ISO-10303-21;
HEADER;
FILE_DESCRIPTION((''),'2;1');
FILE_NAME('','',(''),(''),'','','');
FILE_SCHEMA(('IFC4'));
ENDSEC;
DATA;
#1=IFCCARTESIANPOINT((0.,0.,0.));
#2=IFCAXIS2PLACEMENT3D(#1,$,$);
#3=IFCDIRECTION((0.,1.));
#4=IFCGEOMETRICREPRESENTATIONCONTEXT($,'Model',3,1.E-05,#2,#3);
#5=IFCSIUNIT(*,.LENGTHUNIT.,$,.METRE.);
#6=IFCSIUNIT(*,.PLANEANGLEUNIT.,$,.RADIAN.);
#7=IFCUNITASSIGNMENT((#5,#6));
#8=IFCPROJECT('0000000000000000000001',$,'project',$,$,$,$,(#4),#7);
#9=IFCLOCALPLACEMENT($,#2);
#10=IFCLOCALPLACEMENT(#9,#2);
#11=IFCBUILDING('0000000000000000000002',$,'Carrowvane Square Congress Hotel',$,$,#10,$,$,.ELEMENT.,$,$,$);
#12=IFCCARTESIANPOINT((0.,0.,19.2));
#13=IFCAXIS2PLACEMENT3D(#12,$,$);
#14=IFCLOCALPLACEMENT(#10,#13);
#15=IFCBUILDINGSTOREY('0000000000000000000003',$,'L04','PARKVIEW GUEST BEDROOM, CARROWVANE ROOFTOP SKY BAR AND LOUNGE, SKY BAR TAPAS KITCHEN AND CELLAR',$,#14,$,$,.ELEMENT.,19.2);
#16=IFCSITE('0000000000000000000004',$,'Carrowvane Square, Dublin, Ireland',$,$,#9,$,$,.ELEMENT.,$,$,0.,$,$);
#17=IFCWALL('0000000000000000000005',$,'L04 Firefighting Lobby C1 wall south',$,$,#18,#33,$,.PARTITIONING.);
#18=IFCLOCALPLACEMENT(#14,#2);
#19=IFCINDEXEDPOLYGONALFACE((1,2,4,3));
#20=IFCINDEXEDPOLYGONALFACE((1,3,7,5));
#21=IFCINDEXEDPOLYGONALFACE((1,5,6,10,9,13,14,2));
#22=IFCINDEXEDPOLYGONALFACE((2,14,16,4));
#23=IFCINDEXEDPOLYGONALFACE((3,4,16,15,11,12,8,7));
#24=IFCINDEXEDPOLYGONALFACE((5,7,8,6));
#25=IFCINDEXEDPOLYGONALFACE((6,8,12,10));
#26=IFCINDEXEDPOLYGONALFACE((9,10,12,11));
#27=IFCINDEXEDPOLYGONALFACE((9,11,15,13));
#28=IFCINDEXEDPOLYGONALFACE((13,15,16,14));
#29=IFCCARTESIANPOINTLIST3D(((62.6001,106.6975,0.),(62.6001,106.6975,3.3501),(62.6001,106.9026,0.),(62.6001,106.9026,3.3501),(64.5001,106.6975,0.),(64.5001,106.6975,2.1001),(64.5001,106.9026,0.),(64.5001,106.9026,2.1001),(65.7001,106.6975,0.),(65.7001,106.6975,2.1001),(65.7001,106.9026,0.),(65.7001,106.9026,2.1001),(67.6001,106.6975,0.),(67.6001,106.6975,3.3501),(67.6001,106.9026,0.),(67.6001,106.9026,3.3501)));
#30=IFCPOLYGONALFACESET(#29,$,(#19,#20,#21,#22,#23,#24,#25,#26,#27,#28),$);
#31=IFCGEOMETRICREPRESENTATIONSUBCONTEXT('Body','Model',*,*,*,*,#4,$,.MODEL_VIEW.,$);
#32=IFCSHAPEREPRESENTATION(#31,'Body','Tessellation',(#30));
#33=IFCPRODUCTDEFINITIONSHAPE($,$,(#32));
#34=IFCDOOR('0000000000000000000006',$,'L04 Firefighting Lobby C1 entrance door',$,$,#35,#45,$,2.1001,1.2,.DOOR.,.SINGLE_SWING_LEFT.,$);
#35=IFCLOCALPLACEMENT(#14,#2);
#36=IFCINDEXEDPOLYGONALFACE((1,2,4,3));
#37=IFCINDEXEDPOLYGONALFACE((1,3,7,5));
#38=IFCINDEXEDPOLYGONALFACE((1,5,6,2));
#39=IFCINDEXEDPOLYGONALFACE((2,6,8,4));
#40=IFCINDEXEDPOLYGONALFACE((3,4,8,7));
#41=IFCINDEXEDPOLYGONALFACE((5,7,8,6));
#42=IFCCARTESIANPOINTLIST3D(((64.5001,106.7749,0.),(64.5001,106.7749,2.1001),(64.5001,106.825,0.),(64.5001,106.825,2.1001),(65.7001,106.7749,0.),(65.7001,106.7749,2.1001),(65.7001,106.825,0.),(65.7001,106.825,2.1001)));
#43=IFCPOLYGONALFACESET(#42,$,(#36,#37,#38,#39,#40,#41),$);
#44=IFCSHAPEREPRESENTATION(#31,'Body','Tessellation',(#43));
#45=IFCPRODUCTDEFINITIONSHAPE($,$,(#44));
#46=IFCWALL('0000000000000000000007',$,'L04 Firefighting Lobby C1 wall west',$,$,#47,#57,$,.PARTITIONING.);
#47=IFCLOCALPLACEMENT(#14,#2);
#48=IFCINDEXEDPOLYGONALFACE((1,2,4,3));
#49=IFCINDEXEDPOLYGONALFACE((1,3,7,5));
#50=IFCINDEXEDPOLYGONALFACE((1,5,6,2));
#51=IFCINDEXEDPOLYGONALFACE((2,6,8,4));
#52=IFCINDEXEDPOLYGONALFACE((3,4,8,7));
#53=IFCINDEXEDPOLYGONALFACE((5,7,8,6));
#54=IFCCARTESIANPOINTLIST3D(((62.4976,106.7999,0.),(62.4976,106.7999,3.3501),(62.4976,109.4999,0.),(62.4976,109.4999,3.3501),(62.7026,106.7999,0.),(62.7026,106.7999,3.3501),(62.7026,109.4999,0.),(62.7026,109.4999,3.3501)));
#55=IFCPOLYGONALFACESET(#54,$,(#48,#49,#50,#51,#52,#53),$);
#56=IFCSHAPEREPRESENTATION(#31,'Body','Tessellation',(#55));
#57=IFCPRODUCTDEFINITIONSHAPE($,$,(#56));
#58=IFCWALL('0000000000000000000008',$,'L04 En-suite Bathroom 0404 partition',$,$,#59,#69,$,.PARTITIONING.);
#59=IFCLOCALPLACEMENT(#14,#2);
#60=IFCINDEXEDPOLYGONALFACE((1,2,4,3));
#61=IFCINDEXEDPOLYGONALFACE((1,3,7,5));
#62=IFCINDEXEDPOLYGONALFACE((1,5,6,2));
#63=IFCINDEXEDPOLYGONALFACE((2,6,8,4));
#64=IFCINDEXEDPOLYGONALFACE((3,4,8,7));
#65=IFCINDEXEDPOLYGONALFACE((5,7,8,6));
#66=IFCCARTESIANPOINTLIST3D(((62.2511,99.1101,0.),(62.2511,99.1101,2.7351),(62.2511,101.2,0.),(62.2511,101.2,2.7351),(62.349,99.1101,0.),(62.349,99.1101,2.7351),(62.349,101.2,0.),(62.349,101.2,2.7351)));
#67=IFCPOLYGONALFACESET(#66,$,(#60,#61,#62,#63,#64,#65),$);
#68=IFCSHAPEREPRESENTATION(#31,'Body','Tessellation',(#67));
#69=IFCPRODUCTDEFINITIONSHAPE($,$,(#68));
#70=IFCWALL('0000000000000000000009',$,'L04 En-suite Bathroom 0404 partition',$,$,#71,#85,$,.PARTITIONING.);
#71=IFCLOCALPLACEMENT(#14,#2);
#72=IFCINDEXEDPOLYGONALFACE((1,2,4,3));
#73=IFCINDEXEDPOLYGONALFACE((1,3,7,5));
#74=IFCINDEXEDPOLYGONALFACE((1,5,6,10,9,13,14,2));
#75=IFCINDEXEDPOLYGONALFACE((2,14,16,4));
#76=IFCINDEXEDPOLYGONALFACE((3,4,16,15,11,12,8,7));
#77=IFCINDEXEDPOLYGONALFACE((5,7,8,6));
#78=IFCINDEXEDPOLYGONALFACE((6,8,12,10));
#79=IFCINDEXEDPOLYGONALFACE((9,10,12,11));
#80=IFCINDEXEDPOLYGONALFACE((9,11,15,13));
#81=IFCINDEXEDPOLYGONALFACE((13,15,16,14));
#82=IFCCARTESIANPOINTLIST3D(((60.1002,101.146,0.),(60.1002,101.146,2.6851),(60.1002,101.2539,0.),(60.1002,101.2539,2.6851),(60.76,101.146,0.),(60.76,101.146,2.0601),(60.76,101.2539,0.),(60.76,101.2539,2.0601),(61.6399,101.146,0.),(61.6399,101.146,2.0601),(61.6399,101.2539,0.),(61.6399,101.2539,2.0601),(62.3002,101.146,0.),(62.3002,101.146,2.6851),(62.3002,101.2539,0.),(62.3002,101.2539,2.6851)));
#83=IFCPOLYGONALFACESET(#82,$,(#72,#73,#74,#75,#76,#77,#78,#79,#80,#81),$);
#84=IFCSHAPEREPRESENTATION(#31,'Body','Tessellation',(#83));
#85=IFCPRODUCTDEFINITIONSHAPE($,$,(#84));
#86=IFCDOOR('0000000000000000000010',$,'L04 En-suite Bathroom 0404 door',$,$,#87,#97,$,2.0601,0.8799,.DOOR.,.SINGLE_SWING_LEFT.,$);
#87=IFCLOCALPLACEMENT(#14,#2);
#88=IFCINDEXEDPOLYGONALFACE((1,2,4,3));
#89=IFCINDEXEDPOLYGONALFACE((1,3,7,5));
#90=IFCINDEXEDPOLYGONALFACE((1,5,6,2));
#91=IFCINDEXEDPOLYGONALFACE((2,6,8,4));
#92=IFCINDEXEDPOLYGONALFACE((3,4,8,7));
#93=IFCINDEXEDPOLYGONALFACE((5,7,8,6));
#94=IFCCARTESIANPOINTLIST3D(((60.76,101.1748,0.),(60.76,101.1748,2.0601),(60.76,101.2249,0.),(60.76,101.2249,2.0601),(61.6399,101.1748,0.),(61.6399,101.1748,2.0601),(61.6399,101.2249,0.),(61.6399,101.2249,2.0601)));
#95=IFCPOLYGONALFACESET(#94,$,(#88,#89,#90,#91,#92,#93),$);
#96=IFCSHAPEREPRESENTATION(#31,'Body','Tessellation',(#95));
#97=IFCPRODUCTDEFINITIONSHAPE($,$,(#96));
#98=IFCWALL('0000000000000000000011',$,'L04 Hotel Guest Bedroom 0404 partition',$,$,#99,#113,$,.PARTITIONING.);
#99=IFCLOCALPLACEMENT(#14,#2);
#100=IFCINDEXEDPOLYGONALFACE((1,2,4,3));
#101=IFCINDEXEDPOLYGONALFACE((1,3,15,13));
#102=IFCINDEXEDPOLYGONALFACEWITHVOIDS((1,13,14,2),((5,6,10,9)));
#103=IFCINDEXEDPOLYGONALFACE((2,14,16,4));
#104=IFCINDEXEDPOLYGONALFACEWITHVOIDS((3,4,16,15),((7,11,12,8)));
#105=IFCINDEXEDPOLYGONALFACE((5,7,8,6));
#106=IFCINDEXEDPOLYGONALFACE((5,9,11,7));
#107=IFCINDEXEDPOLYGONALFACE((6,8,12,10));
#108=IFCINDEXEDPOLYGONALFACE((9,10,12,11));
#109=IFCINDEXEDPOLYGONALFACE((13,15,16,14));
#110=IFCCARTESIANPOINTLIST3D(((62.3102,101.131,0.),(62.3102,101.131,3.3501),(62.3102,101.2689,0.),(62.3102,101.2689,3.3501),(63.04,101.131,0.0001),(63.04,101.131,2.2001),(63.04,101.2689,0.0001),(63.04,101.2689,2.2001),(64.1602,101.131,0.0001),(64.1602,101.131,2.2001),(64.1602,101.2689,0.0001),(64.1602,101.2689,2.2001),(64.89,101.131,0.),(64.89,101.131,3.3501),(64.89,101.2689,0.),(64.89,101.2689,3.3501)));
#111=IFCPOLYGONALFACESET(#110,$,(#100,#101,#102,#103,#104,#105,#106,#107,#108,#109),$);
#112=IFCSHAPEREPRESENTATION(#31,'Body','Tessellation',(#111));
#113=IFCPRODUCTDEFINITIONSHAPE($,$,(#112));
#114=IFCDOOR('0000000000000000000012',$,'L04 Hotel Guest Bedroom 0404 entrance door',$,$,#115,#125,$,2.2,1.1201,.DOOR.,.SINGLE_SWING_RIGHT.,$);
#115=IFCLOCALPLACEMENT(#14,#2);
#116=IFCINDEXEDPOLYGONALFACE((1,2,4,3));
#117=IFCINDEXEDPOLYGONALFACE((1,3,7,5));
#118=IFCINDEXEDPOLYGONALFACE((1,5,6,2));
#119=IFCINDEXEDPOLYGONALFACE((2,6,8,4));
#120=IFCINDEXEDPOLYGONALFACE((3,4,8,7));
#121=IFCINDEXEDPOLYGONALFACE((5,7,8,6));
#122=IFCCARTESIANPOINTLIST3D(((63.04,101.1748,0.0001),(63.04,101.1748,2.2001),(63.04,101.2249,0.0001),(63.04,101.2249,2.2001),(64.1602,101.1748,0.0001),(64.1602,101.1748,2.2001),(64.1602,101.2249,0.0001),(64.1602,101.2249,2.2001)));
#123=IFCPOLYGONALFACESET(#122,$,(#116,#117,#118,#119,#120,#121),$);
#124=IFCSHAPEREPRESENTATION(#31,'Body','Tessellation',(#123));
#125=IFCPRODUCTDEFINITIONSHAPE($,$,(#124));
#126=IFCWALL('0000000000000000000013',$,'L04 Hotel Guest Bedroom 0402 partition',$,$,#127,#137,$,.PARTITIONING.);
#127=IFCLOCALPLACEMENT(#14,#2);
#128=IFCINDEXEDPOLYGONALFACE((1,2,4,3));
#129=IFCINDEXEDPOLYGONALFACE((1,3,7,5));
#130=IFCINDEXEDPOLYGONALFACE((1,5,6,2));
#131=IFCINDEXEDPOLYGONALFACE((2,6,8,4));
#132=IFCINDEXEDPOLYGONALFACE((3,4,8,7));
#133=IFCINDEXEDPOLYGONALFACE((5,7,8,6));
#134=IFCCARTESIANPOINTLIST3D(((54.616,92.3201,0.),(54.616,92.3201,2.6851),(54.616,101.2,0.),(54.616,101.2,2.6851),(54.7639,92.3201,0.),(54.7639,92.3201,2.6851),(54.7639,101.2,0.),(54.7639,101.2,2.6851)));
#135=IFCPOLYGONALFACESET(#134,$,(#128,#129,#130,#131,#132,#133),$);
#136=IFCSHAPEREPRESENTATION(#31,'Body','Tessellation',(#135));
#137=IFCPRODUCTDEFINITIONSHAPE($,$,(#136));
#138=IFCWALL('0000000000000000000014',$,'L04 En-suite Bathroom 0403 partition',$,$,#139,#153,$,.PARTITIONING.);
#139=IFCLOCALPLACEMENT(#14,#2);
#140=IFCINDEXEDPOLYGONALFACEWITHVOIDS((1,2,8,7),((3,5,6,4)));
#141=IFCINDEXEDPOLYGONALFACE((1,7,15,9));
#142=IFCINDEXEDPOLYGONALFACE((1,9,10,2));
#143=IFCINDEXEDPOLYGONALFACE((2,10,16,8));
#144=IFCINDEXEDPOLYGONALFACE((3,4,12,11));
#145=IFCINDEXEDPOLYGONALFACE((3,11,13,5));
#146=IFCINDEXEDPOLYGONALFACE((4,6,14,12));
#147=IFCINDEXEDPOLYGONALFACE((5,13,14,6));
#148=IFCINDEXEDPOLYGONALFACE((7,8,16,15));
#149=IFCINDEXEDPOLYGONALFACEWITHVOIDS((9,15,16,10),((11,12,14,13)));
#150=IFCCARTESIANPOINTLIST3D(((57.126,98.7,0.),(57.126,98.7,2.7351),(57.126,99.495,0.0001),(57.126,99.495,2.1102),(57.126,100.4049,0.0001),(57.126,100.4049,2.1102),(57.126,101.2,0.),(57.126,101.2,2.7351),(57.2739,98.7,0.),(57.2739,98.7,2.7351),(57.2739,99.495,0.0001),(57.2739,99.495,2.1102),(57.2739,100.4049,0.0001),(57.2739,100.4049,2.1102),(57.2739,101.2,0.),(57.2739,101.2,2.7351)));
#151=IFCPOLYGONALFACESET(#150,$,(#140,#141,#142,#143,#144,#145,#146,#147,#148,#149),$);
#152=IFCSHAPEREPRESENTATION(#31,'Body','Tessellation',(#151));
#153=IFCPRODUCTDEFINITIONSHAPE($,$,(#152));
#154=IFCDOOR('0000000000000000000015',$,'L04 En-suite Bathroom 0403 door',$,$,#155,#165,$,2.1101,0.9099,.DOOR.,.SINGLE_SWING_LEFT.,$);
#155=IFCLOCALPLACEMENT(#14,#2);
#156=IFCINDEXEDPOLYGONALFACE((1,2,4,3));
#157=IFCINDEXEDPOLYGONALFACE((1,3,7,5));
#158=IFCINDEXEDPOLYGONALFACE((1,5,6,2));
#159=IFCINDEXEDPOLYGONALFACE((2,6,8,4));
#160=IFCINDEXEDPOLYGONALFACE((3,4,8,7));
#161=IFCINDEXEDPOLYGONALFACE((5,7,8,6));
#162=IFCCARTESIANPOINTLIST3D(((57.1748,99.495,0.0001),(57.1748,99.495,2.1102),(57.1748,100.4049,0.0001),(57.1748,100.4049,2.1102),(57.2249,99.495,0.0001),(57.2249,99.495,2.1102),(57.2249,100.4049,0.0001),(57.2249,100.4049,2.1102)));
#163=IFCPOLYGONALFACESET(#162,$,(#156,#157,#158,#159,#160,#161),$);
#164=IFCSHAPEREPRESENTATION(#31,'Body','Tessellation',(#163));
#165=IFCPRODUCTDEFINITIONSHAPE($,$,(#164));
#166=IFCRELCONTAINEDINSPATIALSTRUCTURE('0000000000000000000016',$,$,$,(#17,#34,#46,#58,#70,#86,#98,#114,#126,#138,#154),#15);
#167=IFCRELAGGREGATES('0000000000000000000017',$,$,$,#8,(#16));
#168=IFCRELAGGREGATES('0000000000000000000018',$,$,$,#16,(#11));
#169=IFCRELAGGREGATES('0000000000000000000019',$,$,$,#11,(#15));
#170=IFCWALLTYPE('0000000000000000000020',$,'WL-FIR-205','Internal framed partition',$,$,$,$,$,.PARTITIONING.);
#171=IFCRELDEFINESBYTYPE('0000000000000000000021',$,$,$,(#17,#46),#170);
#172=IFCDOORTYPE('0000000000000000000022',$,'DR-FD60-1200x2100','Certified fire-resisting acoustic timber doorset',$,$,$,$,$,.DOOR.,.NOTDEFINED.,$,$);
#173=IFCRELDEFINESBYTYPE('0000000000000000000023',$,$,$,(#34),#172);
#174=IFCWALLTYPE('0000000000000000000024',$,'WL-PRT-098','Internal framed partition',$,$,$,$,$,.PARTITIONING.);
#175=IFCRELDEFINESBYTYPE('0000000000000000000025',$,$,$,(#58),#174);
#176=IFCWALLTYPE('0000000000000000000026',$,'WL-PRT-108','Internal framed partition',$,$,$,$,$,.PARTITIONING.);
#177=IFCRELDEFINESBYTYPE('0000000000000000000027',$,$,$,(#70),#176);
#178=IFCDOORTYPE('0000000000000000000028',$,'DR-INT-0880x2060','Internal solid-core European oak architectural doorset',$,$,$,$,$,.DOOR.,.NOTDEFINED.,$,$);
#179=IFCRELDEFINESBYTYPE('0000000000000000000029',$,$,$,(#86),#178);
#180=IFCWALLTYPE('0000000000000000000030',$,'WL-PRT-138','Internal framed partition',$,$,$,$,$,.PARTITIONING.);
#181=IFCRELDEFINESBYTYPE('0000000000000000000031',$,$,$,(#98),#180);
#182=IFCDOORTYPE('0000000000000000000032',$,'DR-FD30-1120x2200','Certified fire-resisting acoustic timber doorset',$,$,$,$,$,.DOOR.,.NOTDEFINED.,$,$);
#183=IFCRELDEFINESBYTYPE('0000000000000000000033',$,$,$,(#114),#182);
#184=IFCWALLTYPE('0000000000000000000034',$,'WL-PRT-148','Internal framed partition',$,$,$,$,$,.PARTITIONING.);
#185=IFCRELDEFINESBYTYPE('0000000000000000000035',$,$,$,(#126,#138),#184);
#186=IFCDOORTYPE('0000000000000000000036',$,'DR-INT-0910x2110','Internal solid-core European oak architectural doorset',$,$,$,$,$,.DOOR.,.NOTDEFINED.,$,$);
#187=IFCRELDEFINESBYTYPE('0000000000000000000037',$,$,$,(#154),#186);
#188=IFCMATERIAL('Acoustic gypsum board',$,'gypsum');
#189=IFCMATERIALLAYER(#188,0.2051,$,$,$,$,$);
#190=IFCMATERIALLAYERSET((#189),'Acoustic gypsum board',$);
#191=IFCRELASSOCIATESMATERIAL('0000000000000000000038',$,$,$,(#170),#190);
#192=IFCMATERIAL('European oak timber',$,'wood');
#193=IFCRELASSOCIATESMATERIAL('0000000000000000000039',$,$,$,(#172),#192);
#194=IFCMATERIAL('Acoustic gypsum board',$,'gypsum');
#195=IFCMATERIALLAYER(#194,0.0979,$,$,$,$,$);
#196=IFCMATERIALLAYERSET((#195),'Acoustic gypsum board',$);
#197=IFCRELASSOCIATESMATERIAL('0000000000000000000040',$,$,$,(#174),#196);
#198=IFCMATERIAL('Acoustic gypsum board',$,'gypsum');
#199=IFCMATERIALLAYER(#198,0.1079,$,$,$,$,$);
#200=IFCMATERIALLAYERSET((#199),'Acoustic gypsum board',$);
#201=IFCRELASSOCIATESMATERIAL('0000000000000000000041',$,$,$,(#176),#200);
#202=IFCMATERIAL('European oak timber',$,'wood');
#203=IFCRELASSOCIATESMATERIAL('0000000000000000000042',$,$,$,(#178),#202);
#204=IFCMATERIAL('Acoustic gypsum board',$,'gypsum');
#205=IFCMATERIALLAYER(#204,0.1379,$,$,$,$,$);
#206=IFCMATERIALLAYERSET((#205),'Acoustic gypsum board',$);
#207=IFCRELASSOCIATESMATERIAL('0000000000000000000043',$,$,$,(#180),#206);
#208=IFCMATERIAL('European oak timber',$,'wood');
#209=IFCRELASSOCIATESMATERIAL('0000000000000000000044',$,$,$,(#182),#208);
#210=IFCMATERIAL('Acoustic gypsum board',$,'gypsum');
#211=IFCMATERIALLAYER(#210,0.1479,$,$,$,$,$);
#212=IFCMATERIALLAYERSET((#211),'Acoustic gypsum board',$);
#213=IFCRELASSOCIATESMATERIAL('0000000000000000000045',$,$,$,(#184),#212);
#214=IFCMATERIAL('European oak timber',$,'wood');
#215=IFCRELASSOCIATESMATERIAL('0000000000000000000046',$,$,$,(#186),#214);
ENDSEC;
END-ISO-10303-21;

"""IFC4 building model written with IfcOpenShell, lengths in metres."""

from ifc_helpers import new_model, si_unit, direction, frame, frame_2d, origin, place, context, subcontext, project, spatial, rectangle, extrude, material, layer, layer_set, type_object, element, fill, save


model = new_model("IFC4")

# Units and contexts
model_context = context("Model", 3, precision=1e-05, world=origin(), true_north=direction((0.0, 1.0)))
body_context = subcontext(model_context, "Body", "Model", "MODEL_VIEW")
ifc_project = project(units=[si_unit("LENGTHUNIT", "METRE"), si_unit("PLANEANGLEUNIT", "RADIAN")], contexts=[model_context])

# Site, building, storey
site_placement = place(None, origin())
site = spatial("IfcSite", under=ifc_project, at=site_placement, Name="Carrowvane Square, Dublin, Ireland", CompositionType="ELEMENT", RefElevation=0.0)
building_placement = place(site_placement, origin())
building = spatial("IfcBuilding", under=site, at=building_placement, Name="Carrowvane Square Congress Hotel", CompositionType="ELEMENT")
storey_placement = place(building_placement, frame((0.0, 0.0, 19.2)))
storey = spatial("IfcBuildingStorey", under=building, at=storey_placement, Name="L04", Description="PARKVIEW GUEST BEDROOM, CARROWVANE ROOFTOP SKY BAR AND LOUNGE, SKY BAR TAPAS KITCHEN AND CELLAR", CompositionType="ELEMENT", Elevation=19.2)

# Wall, opening, door
ifc_material_1 = material(Name="Acoustic gypsum board", Category="gypsum")
ifc_layer_1 = layer(ifc_material_1, 0.2051)
ifc_layer_set_1 = layer_set([ifc_layer_1], Name="Acoustic gypsum board")
wall_type_1 = type_object("IfcWallType", Name="WL-FIR-205", Description="Internal framed partition", PredefinedType="PARTITIONING", material=ifc_layer_set_1)
wall_1_placement = place(storey_placement, frame((62.6001, 106.8, 0.0), z_axis=(0.0, 0.0, 1.0), x_axis=(1.0, 0.0, 0.0)))
wall_1 = element("IfcWall", 1, at=wall_1_placement, inside=storey, type_object=wall_type_1, Name="L04 Firefighting Lobby C1 wall south", PredefinedType="PARTITIONING", context=body_context, shape_type="SweptSolid", body=[
    extrude(rectangle(XDim=5.0, YDim=0.2051, at=frame_2d((2.5, 0.0))), origin(), (0.0, 0.0, 1.0), 3.3501),
])
opening_1_placement = place(wall_1_placement, frame((1.8999, 0.0, 0.0)))
opening_1 = element("IfcOpeningElement", 2, at=opening_1_placement, cuts=wall_1, PredefinedType="OPENING", context=body_context, shape_type="SweptSolid", body=[
    extrude(rectangle(XDim=1.2, YDim=2.1001, at=frame_2d((0.6001, 1.05))), frame((0.0, 0.1125, 0.0), z_axis=(0.0, -1.0, 0.0), x_axis=(1.0, 0.0, 0.0)), (0.0, 0.0, 1.0), 0.2251),
])
ifc_material_2 = material(Name="European oak timber", Category="wood")
door_type_1 = type_object("IfcDoorType", Name="DR-FD60-1200x2100", Description="Certified fire-resisting acoustic timber doorset", OperationType="NOTDEFINED", PredefinedType="DOOR", material=ifc_material_2)
door_1_placement = place(opening_1_placement, origin())
door_1 = element("IfcDoor", 3, at=door_1_placement, inside=storey, type_object=door_type_1, Name="L04 Firefighting Lobby C1 entrance door", OperationType="SINGLE_SWING_LEFT", OverallHeight=2.1001, OverallWidth=1.2, PredefinedType="DOOR", context=body_context, shape_type="SweptSolid", body=[
    extrude(rectangle(XDim=1.2, YDim=2.1001, at=frame_2d((0.6001, 1.05))), frame((0.0, 0.0249, 0.0), z_axis=(0.0, -1.0, 0.0), x_axis=(1.0, 0.0, 0.0)), (0.0, 0.0, 1.0), 0.05),
])
fill(opening_1, door_1)

# Walls
wall_2_placement = place(storey_placement, frame((62.6001, 109.5, 0.0), z_axis=(0.0, 0.0, 1.0), x_axis=(0.0, -1.0, 0.0)))
element("IfcWall", 4, at=wall_2_placement, inside=storey, type_object=wall_type_1, Name="L04 Firefighting Lobby C1 wall west", PredefinedType="PARTITIONING", context=body_context, shape_type="SweptSolid", body=[
    extrude(rectangle(XDim=2.7, YDim=0.2051, at=frame_2d((1.3501, 0.0))), origin(), (0.0, 0.0, 1.0), 3.3501),
])
ifc_material_3 = material(Name="Acoustic gypsum board", Category="gypsum")
ifc_layer_2 = layer(ifc_material_3, 0.0979)
ifc_layer_set_2 = layer_set([ifc_layer_2], Name="Acoustic gypsum board")
wall_type_2 = type_object("IfcWallType", Name="WL-PRT-098", Description="Internal framed partition", PredefinedType="PARTITIONING", material=ifc_layer_set_2)
wall_3_placement = place(storey_placement, frame((62.3, 101.2, 0.0), z_axis=(0.0, 0.0, 1.0), x_axis=(0.0, -1.0, 0.0)))
element("IfcWall", 5, at=wall_3_placement, inside=storey, type_object=wall_type_2, Name="L04 En-suite Bathroom 0404 partition", PredefinedType="PARTITIONING", context=body_context, shape_type="SweptSolid", body=[
    extrude(rectangle(XDim=2.0898, YDim=0.0979, at=frame_2d((1.0449, 0.0))), origin(), (0.0, 0.0, 1.0), 2.7351),
])

# Walls, openings, doors
ifc_material_4 = material(Name="Acoustic gypsum board", Category="gypsum")
ifc_layer_3 = layer(ifc_material_4, 0.1079)
ifc_layer_set_3 = layer_set([ifc_layer_3], Name="Acoustic gypsum board")
wall_type_3 = type_object("IfcWallType", Name="WL-PRT-108", Description="Internal framed partition", PredefinedType="PARTITIONING", material=ifc_layer_set_3)
wall_4_placement = place(storey_placement, frame((60.1001, 101.2, 0.0), z_axis=(0.0, 0.0, 1.0), x_axis=(1.0, 0.0, 0.0)))
wall_4 = element("IfcWall", 6, at=wall_4_placement, inside=storey, type_object=wall_type_3, Name="L04 En-suite Bathroom 0404 partition", PredefinedType="PARTITIONING", context=body_context, shape_type="SweptSolid", body=[
    extrude(rectangle(XDim=2.2, YDim=0.1079, at=frame_2d((1.1001, 0.0))), origin(), (0.0, 0.0, 1.0), 2.6851),
])
opening_2_placement = place(wall_4_placement, frame((0.6599, 0.0, 0.0)))
opening_2 = element("IfcOpeningElement", 7, at=opening_2_placement, cuts=wall_4, PredefinedType="OPENING", context=body_context, shape_type="SweptSolid", body=[
    extrude(rectangle(XDim=0.8799, YDim=2.0601, at=frame_2d((0.4399, 1.03))), frame((0.0, 0.064, 0.0), z_axis=(0.0, -1.0, 0.0), x_axis=(1.0, 0.0, 0.0)), (0.0, 0.0, 1.0), 0.1279),
])
ifc_material_5 = material(Name="European oak timber", Category="wood")
door_type_2 = type_object("IfcDoorType", Name="DR-INT-0880x2060", Description="Internal solid-core European oak architectural doorset", OperationType="NOTDEFINED", PredefinedType="DOOR", material=ifc_material_5)
door_2_placement = place(opening_2_placement, origin())
door_2 = element("IfcDoor", 8, at=door_2_placement, inside=storey, type_object=door_type_2, Name="L04 En-suite Bathroom 0404 door", OperationType="SINGLE_SWING_LEFT", OverallHeight=2.0601, OverallWidth=0.8799, PredefinedType="DOOR", context=body_context, shape_type="SweptSolid", body=[
    extrude(rectangle(XDim=0.8799, YDim=2.0601, at=frame_2d((0.4399, 1.03))), frame((0.0, 0.0249, 0.0), z_axis=(0.0, -1.0, 0.0), x_axis=(1.0, 0.0, 0.0)), (0.0, 0.0, 1.0), 0.05),
])
fill(opening_2, door_2)
ifc_material_6 = material(Name="Acoustic gypsum board", Category="gypsum")
ifc_layer_4 = layer(ifc_material_6, 0.1379)
ifc_layer_set_4 = layer_set([ifc_layer_4], Name="Acoustic gypsum board")
wall_type_4 = type_object("IfcWallType", Name="WL-PRT-138", Description="Internal framed partition", PredefinedType="PARTITIONING", material=ifc_layer_set_4)
wall_5_placement = place(storey_placement, frame((62.3101, 101.2, 0.0), z_axis=(0.0, 0.0, 1.0), x_axis=(1.0, 0.0, 0.0)))
wall_5 = element("IfcWall", 9, at=wall_5_placement, inside=storey, type_object=wall_type_4, Name="L04 Hotel Guest Bedroom 0404 partition", PredefinedType="PARTITIONING", context=body_context, shape_type="SweptSolid", body=[
    extrude(rectangle(XDim=2.5798, YDim=0.1379, at=frame_2d((1.29, 0.0))), origin(), (0.0, 0.0, 1.0), 3.3501),
])
opening_3_placement = place(wall_5_placement, frame((0.73, 0.0, 0.0)))
opening_3 = element("IfcOpeningElement", 10, at=opening_3_placement, cuts=wall_5, PredefinedType="OPENING", context=body_context, shape_type="SweptSolid", body=[
    extrude(rectangle(XDim=1.1201, YDim=2.2, at=frame_2d((0.5601, 1.1001))), frame((0.0, 0.0789, 0.0), z_axis=(0.0, -1.0, 0.0), x_axis=(1.0, 0.0, 0.0)), (0.0, 0.0, 1.0), 0.158),
])
ifc_material_7 = material(Name="European oak timber", Category="wood")
door_type_3 = type_object("IfcDoorType", Name="DR-FD30-1120x2200", Description="Certified fire-resisting acoustic timber doorset", OperationType="NOTDEFINED", PredefinedType="DOOR", material=ifc_material_7)
door_3_placement = place(opening_3_placement, origin())
door_3 = element("IfcDoor", 11, at=door_3_placement, inside=storey, type_object=door_type_3, Name="L04 Hotel Guest Bedroom 0404 entrance door", OperationType="SINGLE_SWING_RIGHT", OverallHeight=2.2, OverallWidth=1.1201, PredefinedType="DOOR", context=body_context, shape_type="SweptSolid", body=[
    extrude(rectangle(XDim=1.1201, YDim=2.2, at=frame_2d((0.5601, 1.1001))), frame((0.0, 0.0249, 0.0), z_axis=(0.0, -1.0, 0.0), x_axis=(1.0, 0.0, 0.0)), (0.0, 0.0, 1.0), 0.05),
])
fill(opening_3, door_3)

# Wall
ifc_material_8 = material(Name="Acoustic gypsum board", Category="gypsum")
ifc_layer_5 = layer(ifc_material_8, 0.1479)
ifc_layer_set_5 = layer_set([ifc_layer_5], Name="Acoustic gypsum board")
wall_type_5 = type_object("IfcWallType", Name="WL-PRT-148", Description="Internal framed partition", PredefinedType="PARTITIONING", material=ifc_layer_set_5)
wall_6_placement = place(storey_placement, frame((54.6899, 101.2, 0.0), z_axis=(0.0, 0.0, 1.0), x_axis=(0.0, -1.0, 0.0)))
element("IfcWall", 12, at=wall_6_placement, inside=storey, type_object=wall_type_5, Name="L04 Hotel Guest Bedroom 0402 partition", PredefinedType="PARTITIONING", context=body_context, shape_type="SweptSolid", body=[
    extrude(rectangle(XDim=8.8799, YDim=0.1479, at=frame_2d((4.4399, 0.0))), origin(), (0.0, 0.0, 1.0), 2.6851),
])

# Wall, opening, door
wall_7_placement = place(storey_placement, frame((57.2, 101.2, 0.0), z_axis=(0.0, 0.0, 1.0), x_axis=(0.0, -1.0, 0.0)))
wall_7 = element("IfcWall", 13, at=wall_7_placement, inside=storey, type_object=wall_type_5, Name="L04 En-suite Bathroom 0403 partition", PredefinedType="PARTITIONING", context=body_context, shape_type="SweptSolid", body=[
    extrude(rectangle(XDim=2.5, YDim=0.1479, at=frame_2d((1.25, 0.0))), origin(), (0.0, 0.0, 1.0), 2.7351),
])
opening_4_placement = place(wall_7_placement, frame((0.7949, 0.0, 0.0)))
opening_4 = element("IfcOpeningElement", 14, at=opening_4_placement, cuts=wall_7, PredefinedType="OPENING", context=body_context, shape_type="SweptSolid", body=[
    extrude(rectangle(XDim=0.9099, YDim=2.1101, at=frame_2d((0.4551, 1.0552))), frame((0.0, 0.084, 0.0), z_axis=(0.0, -1.0, 0.0), x_axis=(1.0, 0.0, 0.0)), (0.0, 0.0, 1.0), 0.168),
])
ifc_material_9 = material(Name="European oak timber", Category="wood")
door_type_4 = type_object("IfcDoorType", Name="DR-INT-0910x2110", Description="Internal solid-core European oak architectural doorset", OperationType="NOTDEFINED", PredefinedType="DOOR", material=ifc_material_9)
door_4_placement = place(opening_4_placement, origin())
door_4 = element("IfcDoor", 15, at=door_4_placement, inside=storey, type_object=door_type_4, Name="L04 En-suite Bathroom 0403 door", OperationType="SINGLE_SWING_LEFT", OverallHeight=2.1101, OverallWidth=0.9099, PredefinedType="DOOR", context=body_context, shape_type="SweptSolid", body=[
    extrude(rectangle(XDim=0.9099, YDim=2.1101, at=frame_2d((0.4551, 1.0552))), frame((0.0, 0.0249, 0.0), z_axis=(0.0, -1.0, 0.0), x_axis=(1.0, 0.0, 0.0)), (0.0, 0.0, 1.0), 0.05),
])
fill(opening_4, door_4)

save(model, "model.ifc")
